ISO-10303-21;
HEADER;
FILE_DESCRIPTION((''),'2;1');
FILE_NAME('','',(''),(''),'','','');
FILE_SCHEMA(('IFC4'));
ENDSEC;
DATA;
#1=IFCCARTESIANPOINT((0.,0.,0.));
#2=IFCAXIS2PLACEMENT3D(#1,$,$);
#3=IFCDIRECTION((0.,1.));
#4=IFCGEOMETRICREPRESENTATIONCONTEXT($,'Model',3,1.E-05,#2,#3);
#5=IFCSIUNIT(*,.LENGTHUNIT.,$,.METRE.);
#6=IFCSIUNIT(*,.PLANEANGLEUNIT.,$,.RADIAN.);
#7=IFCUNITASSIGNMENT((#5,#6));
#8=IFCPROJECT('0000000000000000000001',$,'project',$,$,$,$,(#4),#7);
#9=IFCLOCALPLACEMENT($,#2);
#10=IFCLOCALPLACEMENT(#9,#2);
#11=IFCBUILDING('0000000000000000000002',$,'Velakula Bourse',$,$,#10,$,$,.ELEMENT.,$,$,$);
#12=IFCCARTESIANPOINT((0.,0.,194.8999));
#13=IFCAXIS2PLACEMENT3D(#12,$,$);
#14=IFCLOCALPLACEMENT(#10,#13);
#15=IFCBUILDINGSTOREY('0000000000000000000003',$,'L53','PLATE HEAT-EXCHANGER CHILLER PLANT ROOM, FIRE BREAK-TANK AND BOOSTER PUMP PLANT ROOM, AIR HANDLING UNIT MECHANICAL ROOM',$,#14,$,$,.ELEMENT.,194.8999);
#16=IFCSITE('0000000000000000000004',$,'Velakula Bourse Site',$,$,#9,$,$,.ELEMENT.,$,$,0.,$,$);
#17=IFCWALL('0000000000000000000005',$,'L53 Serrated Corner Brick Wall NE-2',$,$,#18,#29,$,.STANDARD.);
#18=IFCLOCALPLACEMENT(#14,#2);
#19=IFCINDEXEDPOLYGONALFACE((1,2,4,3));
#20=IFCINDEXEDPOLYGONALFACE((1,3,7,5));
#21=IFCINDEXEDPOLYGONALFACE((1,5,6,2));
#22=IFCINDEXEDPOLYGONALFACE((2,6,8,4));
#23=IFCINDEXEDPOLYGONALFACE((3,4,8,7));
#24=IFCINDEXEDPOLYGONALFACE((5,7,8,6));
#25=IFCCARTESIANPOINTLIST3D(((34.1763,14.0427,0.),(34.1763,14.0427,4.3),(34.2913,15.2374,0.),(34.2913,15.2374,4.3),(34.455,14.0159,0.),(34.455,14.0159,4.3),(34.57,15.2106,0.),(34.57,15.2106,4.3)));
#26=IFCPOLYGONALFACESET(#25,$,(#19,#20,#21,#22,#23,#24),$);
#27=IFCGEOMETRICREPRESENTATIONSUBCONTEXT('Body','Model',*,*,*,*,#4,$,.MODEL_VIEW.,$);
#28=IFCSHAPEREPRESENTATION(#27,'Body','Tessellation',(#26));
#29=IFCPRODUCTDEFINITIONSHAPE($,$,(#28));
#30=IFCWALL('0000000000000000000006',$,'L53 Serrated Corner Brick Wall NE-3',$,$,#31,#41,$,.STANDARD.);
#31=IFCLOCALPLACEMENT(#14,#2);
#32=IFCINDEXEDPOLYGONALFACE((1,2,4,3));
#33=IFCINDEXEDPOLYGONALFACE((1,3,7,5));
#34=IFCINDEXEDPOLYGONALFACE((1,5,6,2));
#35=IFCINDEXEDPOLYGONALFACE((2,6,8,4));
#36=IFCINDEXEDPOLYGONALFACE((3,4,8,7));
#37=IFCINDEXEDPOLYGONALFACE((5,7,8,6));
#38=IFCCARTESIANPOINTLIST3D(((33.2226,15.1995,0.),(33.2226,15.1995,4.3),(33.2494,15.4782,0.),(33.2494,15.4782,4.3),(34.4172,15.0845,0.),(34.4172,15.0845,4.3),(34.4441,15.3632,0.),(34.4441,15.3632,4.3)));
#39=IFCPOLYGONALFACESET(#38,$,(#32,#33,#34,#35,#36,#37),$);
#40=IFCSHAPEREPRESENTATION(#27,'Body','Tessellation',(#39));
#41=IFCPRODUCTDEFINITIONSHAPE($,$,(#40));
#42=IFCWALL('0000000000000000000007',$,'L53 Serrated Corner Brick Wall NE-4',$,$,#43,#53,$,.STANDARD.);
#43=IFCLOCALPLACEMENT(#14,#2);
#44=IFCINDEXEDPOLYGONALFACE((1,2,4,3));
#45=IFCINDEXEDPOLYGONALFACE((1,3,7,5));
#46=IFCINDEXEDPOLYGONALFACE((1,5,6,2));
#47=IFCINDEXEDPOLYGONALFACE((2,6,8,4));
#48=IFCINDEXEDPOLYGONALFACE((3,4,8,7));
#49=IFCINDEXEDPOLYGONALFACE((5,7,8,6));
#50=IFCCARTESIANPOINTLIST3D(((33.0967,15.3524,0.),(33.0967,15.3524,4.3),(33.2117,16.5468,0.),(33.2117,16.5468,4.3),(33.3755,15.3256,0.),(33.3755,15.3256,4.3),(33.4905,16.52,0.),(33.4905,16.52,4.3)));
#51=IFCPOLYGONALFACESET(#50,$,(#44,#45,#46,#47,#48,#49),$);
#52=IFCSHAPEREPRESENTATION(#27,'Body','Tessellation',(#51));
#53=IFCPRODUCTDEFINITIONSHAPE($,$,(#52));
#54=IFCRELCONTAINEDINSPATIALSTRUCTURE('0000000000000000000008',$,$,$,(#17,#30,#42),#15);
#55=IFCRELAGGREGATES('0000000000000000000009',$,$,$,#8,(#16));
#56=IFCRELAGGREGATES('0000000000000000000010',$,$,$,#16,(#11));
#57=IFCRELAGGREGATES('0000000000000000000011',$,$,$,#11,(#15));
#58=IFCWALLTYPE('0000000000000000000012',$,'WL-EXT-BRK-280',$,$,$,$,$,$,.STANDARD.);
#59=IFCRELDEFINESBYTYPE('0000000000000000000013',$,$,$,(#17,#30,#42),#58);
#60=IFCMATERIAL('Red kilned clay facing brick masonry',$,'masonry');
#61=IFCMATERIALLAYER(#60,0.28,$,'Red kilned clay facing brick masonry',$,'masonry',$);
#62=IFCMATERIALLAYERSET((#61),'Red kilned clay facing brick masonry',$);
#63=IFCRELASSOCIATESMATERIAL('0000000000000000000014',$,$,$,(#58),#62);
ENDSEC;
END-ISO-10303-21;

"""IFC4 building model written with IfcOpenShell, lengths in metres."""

from ifc_helpers import new_model, si_unit, direction, frame, frame_2d, origin, place, context, subcontext, project, spatial, rectangle, extrude, material, layer, layer_set, type_object, element, save


model = new_model("IFC4")

# Units and contexts
model_context = context("Model", 3, precision=1e-05, world=origin(), true_north=direction((0.0, 1.0)))
body_context = subcontext(model_context, "Body", "Model", "MODEL_VIEW")
ifc_project = project(units=[si_unit("LENGTHUNIT", "METRE"), si_unit("PLANEANGLEUNIT", "RADIAN")], contexts=[model_context])

# Site, building, storey
site_placement = place(None, origin())
site = spatial("IfcSite", under=ifc_project, at=site_placement, Name="Velakula Bourse Site", CompositionType="ELEMENT", RefElevation=0.0)
building_placement = place(site_placement, origin())
building = spatial("IfcBuilding", under=site, at=building_placement, Name="Velakula Bourse", CompositionType="ELEMENT")
storey_placement = place(building_placement, frame((0.0, 0.0, 194.8999)))
storey = spatial("IfcBuildingStorey", under=building, at=storey_placement, Name="L53", Description="PLATE HEAT-EXCHANGER CHILLER PLANT ROOM, FIRE BREAK-TANK AND BOOSTER PUMP PLANT ROOM, AIR HANDLING UNIT MECHANICAL ROOM", CompositionType="ELEMENT", Elevation=194.8999)

# Walls
ifc_material_1 = material(Name="Red kilned clay facing brick masonry", Category="masonry")
ifc_layer_1 = layer(ifc_material_1, 0.28, Name="Red kilned clay facing brick masonry", Category="masonry")
ifc_layer_set_1 = layer_set([ifc_layer_1], Name="Red kilned clay facing brick masonry")
wall_type = type_object("IfcWallType", Name="WL-EXT-BRK-280", PredefinedType="STANDARD", material=ifc_layer_set_1)
for number, where, z_axis, x_axis, name in (
    (1, (34.3157, 14.0293, 0.0), (0.0, 0.0, 1.0), (0.095817, 0.995399, 0.0), "L53 Serrated Corner Brick Wall NE-2"),
    (2, (34.4307, 15.2239, 0.0), (0.0, 0.0, 1.0), (-0.995399, 0.095817, 0.0), "L53 Serrated Corner Brick Wall NE-3"),
):
    element("IfcWall", number, at=place(storey_placement, frame(where, z_axis=z_axis, x_axis=x_axis)), inside=storey, type_object=wall_type, Name=name, PredefinedType="STANDARD", context=body_context, shape_type="SweptSolid", body=[
        extrude(rectangle(XDim=1.2002, YDim=0.28, at=frame_2d((0.6001, 0.0))), origin(), (0.0, 0.0, 1.0), 4.3),
    ])
wall_1_placement = place(storey_placement, frame((33.2361, 15.3389, 0.0), z_axis=(0.0, 0.0, 1.0), x_axis=(0.095836, 0.995397, 0.0)))
element("IfcWall", 3, at=wall_1_placement, inside=storey, type_object=wall_type, Name="L53 Serrated Corner Brick Wall NE-4", PredefinedType="STANDARD", context=body_context, shape_type="SweptSolid", body=[
    extrude(rectangle(XDim=1.2, YDim=0.28, at=frame_2d((0.6001, 0.0))), origin(), (0.0, 0.0, 1.0), 4.3),
])

save(model, "model.ifc")
